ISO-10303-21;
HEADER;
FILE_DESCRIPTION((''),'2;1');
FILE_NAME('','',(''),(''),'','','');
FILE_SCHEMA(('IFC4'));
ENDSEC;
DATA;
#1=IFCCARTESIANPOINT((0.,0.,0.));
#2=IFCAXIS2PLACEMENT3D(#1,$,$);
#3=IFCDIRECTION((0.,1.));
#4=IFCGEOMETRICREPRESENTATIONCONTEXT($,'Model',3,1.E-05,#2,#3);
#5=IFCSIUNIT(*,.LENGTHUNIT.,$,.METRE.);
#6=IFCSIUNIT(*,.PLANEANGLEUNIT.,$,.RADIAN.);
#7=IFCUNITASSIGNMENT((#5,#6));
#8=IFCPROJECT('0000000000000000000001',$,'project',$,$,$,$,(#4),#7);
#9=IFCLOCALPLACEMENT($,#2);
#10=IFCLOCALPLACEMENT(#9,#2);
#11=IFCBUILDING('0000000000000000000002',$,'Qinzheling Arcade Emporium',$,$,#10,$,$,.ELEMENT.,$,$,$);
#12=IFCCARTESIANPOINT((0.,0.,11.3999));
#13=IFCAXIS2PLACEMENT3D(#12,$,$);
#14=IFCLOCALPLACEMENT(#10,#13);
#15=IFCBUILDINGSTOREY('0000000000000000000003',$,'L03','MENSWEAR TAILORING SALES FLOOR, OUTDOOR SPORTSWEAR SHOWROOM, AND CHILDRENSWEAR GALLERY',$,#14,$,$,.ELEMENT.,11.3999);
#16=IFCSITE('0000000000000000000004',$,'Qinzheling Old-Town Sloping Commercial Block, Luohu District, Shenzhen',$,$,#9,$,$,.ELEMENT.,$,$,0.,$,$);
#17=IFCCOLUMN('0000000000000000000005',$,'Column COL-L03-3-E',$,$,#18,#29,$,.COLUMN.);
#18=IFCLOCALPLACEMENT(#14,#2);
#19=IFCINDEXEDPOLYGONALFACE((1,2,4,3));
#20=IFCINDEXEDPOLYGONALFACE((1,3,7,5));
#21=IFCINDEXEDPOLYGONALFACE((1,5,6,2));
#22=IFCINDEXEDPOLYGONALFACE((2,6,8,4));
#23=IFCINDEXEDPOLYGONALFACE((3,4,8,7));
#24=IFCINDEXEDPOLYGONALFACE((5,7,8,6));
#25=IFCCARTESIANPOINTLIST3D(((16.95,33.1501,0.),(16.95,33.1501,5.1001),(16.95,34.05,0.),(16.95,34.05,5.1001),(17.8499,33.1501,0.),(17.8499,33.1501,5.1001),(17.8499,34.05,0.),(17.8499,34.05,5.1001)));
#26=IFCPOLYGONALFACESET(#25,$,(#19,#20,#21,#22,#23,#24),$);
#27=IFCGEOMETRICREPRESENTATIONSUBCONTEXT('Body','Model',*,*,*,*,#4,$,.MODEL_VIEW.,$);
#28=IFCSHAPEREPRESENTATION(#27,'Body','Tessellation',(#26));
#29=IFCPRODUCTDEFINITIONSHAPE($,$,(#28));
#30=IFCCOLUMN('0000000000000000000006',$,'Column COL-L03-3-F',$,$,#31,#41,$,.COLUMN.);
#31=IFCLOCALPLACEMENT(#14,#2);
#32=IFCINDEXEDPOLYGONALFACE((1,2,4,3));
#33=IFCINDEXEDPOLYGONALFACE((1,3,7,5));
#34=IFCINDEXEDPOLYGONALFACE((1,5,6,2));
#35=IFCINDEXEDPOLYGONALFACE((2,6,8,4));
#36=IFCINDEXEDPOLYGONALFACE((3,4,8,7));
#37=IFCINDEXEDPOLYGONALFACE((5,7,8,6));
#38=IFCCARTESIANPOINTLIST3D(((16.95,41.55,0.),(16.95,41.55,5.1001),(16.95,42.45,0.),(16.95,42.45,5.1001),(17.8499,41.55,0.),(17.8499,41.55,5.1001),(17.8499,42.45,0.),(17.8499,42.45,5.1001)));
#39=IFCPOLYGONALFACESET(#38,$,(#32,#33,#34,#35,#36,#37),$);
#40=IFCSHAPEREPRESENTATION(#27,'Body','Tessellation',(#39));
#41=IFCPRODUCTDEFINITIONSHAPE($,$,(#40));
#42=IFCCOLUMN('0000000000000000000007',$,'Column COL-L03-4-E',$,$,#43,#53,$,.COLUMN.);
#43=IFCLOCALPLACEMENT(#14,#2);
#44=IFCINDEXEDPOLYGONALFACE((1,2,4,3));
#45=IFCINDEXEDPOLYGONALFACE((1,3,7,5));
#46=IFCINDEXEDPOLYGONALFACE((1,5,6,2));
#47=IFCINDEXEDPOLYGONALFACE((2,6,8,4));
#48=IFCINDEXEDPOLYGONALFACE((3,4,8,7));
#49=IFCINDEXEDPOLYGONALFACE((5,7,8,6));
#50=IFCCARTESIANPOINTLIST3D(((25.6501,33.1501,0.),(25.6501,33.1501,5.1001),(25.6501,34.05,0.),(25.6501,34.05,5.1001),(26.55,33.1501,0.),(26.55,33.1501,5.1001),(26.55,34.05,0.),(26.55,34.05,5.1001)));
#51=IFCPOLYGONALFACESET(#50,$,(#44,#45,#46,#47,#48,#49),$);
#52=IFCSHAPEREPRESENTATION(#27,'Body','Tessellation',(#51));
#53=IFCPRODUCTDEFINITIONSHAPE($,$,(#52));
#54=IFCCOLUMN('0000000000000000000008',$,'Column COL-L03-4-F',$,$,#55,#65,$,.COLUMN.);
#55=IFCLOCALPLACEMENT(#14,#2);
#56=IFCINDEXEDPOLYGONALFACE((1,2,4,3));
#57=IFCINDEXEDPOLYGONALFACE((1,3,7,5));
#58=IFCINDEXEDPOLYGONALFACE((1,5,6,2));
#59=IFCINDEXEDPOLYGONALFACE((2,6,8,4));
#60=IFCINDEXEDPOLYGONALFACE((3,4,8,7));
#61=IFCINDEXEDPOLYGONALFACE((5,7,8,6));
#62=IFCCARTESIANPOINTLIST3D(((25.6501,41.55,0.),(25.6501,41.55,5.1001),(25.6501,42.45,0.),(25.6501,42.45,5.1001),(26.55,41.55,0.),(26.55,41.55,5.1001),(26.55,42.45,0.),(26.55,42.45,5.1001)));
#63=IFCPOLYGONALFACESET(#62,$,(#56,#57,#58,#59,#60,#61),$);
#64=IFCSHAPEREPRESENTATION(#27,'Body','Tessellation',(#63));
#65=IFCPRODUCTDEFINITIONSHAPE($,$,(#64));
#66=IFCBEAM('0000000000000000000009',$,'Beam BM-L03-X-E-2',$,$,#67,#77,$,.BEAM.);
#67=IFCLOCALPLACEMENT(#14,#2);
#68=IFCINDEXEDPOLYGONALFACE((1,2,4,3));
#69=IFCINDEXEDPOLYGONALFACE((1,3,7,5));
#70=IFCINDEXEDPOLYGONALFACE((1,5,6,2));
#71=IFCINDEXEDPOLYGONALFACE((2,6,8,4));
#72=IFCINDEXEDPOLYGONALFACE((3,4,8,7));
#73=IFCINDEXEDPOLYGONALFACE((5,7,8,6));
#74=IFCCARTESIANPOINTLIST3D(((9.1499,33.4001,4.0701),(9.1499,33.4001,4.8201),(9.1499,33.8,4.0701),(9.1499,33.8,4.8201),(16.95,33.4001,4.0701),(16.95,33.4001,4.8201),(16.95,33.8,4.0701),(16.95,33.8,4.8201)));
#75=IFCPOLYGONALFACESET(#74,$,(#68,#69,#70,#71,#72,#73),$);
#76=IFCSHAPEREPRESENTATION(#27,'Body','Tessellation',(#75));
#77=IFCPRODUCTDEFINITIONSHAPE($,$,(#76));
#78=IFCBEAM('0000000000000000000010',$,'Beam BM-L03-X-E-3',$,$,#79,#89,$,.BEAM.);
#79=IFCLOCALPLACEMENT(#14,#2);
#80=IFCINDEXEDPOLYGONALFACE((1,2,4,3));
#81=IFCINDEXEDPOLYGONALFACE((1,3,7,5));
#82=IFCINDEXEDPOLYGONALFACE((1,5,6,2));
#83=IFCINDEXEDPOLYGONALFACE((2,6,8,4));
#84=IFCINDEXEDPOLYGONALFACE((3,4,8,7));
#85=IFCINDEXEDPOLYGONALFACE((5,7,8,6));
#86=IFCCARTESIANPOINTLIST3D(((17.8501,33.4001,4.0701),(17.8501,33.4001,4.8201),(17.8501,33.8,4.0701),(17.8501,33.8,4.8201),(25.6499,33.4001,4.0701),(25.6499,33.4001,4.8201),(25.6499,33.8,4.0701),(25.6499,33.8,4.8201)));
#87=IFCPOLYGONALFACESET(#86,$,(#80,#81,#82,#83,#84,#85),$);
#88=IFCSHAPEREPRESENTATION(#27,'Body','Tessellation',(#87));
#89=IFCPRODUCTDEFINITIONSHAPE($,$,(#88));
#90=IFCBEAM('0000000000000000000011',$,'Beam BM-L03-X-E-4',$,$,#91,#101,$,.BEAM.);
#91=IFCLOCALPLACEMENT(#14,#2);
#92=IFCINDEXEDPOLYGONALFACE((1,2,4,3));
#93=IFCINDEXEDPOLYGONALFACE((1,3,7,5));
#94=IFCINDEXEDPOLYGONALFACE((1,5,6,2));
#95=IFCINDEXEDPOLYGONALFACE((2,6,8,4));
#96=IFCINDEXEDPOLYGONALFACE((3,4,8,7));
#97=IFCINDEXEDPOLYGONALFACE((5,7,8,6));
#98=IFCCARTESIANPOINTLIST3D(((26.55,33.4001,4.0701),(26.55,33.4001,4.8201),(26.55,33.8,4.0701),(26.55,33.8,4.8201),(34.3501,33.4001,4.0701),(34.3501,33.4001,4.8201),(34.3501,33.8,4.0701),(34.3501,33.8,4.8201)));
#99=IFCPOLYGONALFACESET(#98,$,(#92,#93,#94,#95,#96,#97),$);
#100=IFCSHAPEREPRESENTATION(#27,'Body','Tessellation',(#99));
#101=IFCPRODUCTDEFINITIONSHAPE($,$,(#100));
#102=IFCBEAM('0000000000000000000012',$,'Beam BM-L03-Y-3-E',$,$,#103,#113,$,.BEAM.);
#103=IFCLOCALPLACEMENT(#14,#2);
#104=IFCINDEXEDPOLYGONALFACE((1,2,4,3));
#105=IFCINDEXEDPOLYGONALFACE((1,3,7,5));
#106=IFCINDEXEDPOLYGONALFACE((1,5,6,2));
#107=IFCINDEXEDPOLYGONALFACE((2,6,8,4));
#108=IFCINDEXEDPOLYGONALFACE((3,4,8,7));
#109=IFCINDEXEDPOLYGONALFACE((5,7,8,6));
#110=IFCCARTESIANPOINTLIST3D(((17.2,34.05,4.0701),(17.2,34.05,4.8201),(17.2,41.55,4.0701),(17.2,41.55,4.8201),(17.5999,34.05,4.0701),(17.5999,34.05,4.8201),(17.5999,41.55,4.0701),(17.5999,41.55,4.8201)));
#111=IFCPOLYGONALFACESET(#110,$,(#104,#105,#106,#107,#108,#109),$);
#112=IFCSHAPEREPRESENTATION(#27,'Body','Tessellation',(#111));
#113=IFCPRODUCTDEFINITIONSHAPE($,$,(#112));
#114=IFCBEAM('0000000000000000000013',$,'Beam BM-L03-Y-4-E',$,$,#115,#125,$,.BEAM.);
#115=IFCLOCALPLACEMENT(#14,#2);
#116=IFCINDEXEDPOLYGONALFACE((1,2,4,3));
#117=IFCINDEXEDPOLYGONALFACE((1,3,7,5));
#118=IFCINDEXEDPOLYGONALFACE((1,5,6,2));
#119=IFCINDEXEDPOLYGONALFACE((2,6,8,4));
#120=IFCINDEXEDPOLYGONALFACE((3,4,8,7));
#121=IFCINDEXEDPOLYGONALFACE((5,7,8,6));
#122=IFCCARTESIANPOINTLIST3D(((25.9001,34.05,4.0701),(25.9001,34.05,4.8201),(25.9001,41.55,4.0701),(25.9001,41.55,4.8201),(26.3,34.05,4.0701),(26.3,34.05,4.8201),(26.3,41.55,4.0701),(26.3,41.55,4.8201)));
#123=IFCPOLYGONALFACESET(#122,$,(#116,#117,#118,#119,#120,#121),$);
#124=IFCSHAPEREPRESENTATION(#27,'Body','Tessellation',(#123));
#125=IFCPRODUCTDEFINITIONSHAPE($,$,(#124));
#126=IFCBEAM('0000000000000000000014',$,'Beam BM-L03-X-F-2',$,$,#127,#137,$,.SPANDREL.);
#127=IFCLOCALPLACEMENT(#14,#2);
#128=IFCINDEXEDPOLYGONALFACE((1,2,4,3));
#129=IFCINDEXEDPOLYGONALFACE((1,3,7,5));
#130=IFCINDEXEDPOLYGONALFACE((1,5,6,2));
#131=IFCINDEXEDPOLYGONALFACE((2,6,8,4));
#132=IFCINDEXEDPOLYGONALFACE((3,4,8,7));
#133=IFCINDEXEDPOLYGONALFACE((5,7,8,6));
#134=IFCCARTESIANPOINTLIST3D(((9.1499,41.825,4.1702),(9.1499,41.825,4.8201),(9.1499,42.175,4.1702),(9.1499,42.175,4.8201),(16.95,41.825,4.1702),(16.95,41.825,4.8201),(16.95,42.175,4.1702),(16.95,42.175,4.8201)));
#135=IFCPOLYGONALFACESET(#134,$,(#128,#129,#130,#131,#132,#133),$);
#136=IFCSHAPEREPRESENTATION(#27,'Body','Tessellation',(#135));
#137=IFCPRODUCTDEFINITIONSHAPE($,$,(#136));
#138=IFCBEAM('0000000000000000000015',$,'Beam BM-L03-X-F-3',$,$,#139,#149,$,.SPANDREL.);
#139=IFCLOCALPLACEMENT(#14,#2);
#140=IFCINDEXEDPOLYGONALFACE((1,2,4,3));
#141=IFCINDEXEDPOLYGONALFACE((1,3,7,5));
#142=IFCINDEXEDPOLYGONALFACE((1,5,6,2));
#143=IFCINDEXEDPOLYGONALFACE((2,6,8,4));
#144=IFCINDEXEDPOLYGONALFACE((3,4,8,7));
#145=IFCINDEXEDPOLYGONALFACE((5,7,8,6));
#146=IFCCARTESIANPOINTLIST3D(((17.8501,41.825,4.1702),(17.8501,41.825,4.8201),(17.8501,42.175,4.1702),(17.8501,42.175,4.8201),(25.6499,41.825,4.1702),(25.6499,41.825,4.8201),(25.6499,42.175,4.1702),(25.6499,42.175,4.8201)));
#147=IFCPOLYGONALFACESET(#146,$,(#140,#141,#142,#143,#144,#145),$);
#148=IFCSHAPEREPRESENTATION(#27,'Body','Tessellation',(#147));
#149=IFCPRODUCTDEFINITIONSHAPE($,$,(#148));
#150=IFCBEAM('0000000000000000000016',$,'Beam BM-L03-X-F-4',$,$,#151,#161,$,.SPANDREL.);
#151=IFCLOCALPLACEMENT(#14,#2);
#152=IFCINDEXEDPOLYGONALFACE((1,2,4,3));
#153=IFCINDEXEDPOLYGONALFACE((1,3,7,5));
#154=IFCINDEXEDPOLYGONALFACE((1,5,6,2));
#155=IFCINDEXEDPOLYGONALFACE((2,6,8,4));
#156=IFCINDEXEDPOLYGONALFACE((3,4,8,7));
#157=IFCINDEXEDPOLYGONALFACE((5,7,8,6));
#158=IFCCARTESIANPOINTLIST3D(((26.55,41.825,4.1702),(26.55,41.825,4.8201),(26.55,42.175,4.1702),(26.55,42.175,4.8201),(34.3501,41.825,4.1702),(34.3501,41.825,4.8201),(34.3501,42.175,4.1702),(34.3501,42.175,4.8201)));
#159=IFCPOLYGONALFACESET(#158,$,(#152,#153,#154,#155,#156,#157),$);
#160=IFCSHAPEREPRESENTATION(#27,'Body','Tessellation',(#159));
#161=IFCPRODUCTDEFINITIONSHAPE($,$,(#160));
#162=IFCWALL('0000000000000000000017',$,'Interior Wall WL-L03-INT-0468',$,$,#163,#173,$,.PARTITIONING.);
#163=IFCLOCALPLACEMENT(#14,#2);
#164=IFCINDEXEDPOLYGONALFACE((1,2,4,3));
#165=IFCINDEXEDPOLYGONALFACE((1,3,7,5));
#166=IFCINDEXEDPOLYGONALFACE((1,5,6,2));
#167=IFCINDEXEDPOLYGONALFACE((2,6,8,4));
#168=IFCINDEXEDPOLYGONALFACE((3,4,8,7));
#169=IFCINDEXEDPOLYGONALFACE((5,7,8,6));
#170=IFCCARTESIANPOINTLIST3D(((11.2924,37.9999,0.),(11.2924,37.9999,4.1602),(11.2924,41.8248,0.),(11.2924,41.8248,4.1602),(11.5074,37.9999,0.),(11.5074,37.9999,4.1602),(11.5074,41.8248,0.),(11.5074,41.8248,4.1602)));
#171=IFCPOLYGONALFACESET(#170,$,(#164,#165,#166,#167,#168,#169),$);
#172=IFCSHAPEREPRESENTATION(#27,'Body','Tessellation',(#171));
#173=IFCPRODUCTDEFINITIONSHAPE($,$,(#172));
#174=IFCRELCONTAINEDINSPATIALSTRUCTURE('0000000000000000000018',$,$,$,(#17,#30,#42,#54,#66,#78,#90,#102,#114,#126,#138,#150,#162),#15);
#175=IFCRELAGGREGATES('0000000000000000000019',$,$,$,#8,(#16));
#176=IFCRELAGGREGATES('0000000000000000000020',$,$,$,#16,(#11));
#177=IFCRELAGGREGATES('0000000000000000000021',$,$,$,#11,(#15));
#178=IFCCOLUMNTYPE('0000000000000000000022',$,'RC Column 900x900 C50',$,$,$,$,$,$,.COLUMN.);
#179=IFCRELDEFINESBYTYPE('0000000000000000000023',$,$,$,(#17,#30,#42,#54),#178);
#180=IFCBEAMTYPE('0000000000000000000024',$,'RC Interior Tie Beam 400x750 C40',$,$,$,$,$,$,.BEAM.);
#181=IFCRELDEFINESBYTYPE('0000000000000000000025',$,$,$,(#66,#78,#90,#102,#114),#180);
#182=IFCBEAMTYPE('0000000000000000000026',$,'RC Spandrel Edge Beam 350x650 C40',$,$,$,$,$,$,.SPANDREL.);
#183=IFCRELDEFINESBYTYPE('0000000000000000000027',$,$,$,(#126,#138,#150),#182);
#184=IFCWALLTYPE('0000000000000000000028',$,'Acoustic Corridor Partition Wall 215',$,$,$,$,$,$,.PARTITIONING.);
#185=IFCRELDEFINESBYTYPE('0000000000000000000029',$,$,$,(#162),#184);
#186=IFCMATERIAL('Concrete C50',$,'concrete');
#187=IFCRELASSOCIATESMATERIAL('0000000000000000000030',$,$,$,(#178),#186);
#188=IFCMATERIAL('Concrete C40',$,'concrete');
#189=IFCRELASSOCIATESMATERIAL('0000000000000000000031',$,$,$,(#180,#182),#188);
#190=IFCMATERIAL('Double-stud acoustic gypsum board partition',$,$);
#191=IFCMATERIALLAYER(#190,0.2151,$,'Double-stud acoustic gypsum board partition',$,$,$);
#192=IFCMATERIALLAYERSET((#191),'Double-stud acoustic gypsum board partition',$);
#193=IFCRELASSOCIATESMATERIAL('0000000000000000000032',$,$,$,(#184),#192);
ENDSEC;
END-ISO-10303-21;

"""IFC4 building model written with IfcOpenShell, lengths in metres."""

from ifc_helpers import new_model, si_unit, direction, frame, frame_2d, origin, origin_2d, place, context, subcontext, project, spatial, rectangle, extrude, material, layer, layer_set, material_profile, profile_set, type_object, element, save


model = new_model("IFC4")

# Units and contexts
model_context = context("Model", 3, precision=1e-05, world=origin(), true_north=direction((0.0, 1.0)))
body_context = subcontext(model_context, "Body", "Model", "MODEL_VIEW")
ifc_project = project(units=[si_unit("LENGTHUNIT", "METRE"), si_unit("PLANEANGLEUNIT", "RADIAN")], contexts=[model_context])

# Site, building, storey
site_placement = place(None, origin())
site = spatial("IfcSite", under=ifc_project, at=site_placement, Name="Qinzheling Old-Town Sloping Commercial Block, Luohu District, Shenzhen", CompositionType="ELEMENT", RefElevation=0.0)
building_placement = place(site_placement, origin())
building = spatial("IfcBuilding", under=site, at=building_placement, Name="Qinzheling Arcade Emporium", CompositionType="ELEMENT")
storey_placement = place(building_placement, frame((0.0, 0.0, 11.3999)))
storey = spatial("IfcBuildingStorey", under=building, at=storey_placement, Name="L03", Description="MENSWEAR TAILORING SALES FLOOR, OUTDOOR SPORTSWEAR SHOWROOM, AND CHILDRENSWEAR GALLERY", CompositionType="ELEMENT", Elevation=11.3999)

# Columns
ifc_material_1 = material(Name="Concrete C50", Category="concrete")
ifc_material_profile_1 = material_profile(ifc_material_1, rectangle(XDim=0.8999, YDim=0.8999, at=origin_2d()), Name="RC 900x900", Category="concrete")
ifc_profile_set_1 = profile_set([ifc_material_profile_1], Name="Concrete C50")
column_type = type_object("IfcColumnType", Name="RC Column 900x900 C50", PredefinedType="COLUMN", material=ifc_profile_set_1)
for number, where, z_axis, x_axis, name in (
    (1, (17.3999, 33.6001, 0.0), (0.0, 0.0, 1.0), (1.0, 0.0, 0.0), "Column COL-L03-3-E"),
    (2, (17.3999, 42.0, 0.0), (0.0, 0.0, 1.0), (1.0, 0.0, 0.0), "Column COL-L03-3-F"),
    (3, (26.1001, 33.6001, 0.0), (0.0, 0.0, 1.0), (1.0, 0.0, 0.0), "Column COL-L03-4-E"),
    (4, (26.1001, 42.0, 0.0), (0.0, 0.0, 1.0), (1.0, 0.0, 0.0), "Column COL-L03-4-F"),
):
    element("IfcColumn", number, at=place(storey_placement, frame(where, z_axis=z_axis, x_axis=x_axis)), inside=storey, type_object=column_type, Name=name, PredefinedType="COLUMN", context=body_context, shape_type="SweptSolid", body=[
        extrude(rectangle(XDim=0.8999, YDim=0.8999, at=origin_2d()), origin(), (0.0, 0.0, 1.0), 5.1001),
    ])

# Beams
ifc_material_2 = material(Name="Concrete C40", Category="concrete")
ifc_material_profile_2 = material_profile(ifc_material_2, rectangle(XDim=0.3999, YDim=0.75, at=origin_2d()), Name="RC 400x750", Category="concrete")
ifc_profile_set_2 = profile_set([ifc_material_profile_2], Name="Concrete C40")
beam_type_1 = type_object("IfcBeamType", Name="RC Interior Tie Beam 400x750 C40", PredefinedType="BEAM", material=ifc_profile_set_2)
beam_1_placement = place(storey_placement, frame((9.1499, 33.6001, 4.4451), z_axis=(1.0, 0.0, 0.0), x_axis=(0.0, 1.0, 0.0)))
element("IfcBeam", 5, at=beam_1_placement, inside=storey, type_object=beam_type_1, Name="Beam BM-L03-X-E-2", PredefinedType="BEAM", context=body_context, shape_type="SweptSolid", body=[
    extrude(rectangle(XDim=0.3999, YDim=0.75, at=origin_2d()), origin(), (0.0, 0.0, 1.0), 7.8),
])
beam_2_placement = place(storey_placement, frame((17.8501, 33.6001, 4.4451), z_axis=(1.0, 0.0, 0.0), x_axis=(0.0, 1.0, 0.0)))
element("IfcBeam", 6, at=beam_2_placement, inside=storey, type_object=beam_type_1, Name="Beam BM-L03-X-E-3", PredefinedType="BEAM", context=body_context, shape_type="SweptSolid", body=[
    extrude(rectangle(XDim=0.3999, YDim=0.75, at=origin_2d()), origin(), (0.0, 0.0, 1.0), 7.7998),
])
beam_3_placement = place(storey_placement, frame((26.55, 33.6001, 4.4451), z_axis=(1.0, 0.0, 0.0), x_axis=(0.0, 1.0, 0.0)))
element("IfcBeam", 7, at=beam_3_placement, inside=storey, type_object=beam_type_1, Name="Beam BM-L03-X-E-4", PredefinedType="BEAM", context=body_context, shape_type="SweptSolid", body=[
    extrude(rectangle(XDim=0.3999, YDim=0.75, at=origin_2d()), origin(), (0.0, 0.0, 1.0), 7.8),
])
for number, where, z_axis, x_axis, name in (
    (8, (17.3999, 34.05, 4.4451), (0.0, 1.0, 0.0), (-1.0, 0.0, 0.0), "Beam BM-L03-Y-3-E"),
    (9, (26.1001, 34.05, 4.4451), (0.0, 1.0, 0.0), (-1.0, 0.0, 0.0), "Beam BM-L03-Y-4-E"),
):
    element("IfcBeam", number, at=place(storey_placement, frame(where, z_axis=z_axis, x_axis=x_axis)), inside=storey, type_object=beam_type_1, Name=name, PredefinedType="BEAM", context=body_context, shape_type="SweptSolid", body=[
        extrude(rectangle(XDim=0.3999, YDim=0.75, at=origin_2d()), origin(), (0.0, 0.0, 1.0), 7.5),
    ])
ifc_material_profile_3 = material_profile(ifc_material_2, rectangle(XDim=0.3501, YDim=0.6499, at=origin_2d()), Name="RC 350x650", Category="concrete")
ifc_profile_set_3 = profile_set([ifc_material_profile_3], Name="Concrete C40")
beam_type_2 = type_object("IfcBeamType", Name="RC Spandrel Edge Beam 350x650 C40", PredefinedType="SPANDREL", material=ifc_profile_set_3)
beam_4_placement = place(storey_placement, frame((9.1499, 42.0, 4.4951), z_axis=(1.0, 0.0, 0.0), x_axis=(0.0, 1.0, 0.0)))
element("IfcBeam", 10, at=beam_4_placement, inside=storey, type_object=beam_type_2, Name="Beam BM-L03-X-F-2", PredefinedType="SPANDREL", context=body_context, shape_type="SweptSolid", body=[
    extrude(rectangle(XDim=0.3501, YDim=0.6499, at=origin_2d()), origin(), (0.0, 0.0, 1.0), 7.8),
])
beam_5_placement = place(storey_placement, frame((17.8501, 42.0, 4.4951), z_axis=(1.0, 0.0, 0.0), x_axis=(0.0, 1.0, 0.0)))
element("IfcBeam", 11, at=beam_5_placement, inside=storey, type_object=beam_type_2, Name="Beam BM-L03-X-F-3", PredefinedType="SPANDREL", context=body_context, shape_type="SweptSolid", body=[
    extrude(rectangle(XDim=0.3501, YDim=0.6499, at=origin_2d()), origin(), (0.0, 0.0, 1.0), 7.7998),
])
beam_6_placement = place(storey_placement, frame((26.55, 42.0, 4.4951), z_axis=(1.0, 0.0, 0.0), x_axis=(0.0, 1.0, 0.0)))
element("IfcBeam", 12, at=beam_6_placement, inside=storey, type_object=beam_type_2, Name="Beam BM-L03-X-F-4", PredefinedType="SPANDREL", context=body_context, shape_type="SweptSolid", body=[
    extrude(rectangle(XDim=0.3501, YDim=0.6499, at=origin_2d()), origin(), (0.0, 0.0, 1.0), 7.8),
])

# Wall
ifc_material_3 = material(Name="Double-stud acoustic gypsum board partition")
ifc_layer_1 = layer(ifc_material_3, 0.2151, Name="Double-stud acoustic gypsum board partition")
ifc_layer_set_1 = layer_set([ifc_layer_1], Name="Double-stud acoustic gypsum board partition")
wall_type_1 = type_object("IfcWallType", Name="Acoustic Corridor Partition Wall 215", PredefinedType="PARTITIONING", material=ifc_layer_set_1)
wall_1_placement = place(storey_placement, frame((11.3999, 41.825, 0.0), z_axis=(0.0, 0.0, 1.0), x_axis=(0.0, -1.0, 0.0)))
element("IfcWall", 13, at=wall_1_placement, inside=storey, type_object=wall_type_1, Name="Interior Wall WL-L03-INT-0468", PredefinedType="PARTITIONING", context=body_context, shape_type="SweptSolid", body=[
    extrude(rectangle(XDim=3.825, YDim=0.2151, at=frame_2d((1.9126, 0.0))), origin(), (0.0, 0.0, 1.0), 4.1602),
])

save(model, "model.ifc")
